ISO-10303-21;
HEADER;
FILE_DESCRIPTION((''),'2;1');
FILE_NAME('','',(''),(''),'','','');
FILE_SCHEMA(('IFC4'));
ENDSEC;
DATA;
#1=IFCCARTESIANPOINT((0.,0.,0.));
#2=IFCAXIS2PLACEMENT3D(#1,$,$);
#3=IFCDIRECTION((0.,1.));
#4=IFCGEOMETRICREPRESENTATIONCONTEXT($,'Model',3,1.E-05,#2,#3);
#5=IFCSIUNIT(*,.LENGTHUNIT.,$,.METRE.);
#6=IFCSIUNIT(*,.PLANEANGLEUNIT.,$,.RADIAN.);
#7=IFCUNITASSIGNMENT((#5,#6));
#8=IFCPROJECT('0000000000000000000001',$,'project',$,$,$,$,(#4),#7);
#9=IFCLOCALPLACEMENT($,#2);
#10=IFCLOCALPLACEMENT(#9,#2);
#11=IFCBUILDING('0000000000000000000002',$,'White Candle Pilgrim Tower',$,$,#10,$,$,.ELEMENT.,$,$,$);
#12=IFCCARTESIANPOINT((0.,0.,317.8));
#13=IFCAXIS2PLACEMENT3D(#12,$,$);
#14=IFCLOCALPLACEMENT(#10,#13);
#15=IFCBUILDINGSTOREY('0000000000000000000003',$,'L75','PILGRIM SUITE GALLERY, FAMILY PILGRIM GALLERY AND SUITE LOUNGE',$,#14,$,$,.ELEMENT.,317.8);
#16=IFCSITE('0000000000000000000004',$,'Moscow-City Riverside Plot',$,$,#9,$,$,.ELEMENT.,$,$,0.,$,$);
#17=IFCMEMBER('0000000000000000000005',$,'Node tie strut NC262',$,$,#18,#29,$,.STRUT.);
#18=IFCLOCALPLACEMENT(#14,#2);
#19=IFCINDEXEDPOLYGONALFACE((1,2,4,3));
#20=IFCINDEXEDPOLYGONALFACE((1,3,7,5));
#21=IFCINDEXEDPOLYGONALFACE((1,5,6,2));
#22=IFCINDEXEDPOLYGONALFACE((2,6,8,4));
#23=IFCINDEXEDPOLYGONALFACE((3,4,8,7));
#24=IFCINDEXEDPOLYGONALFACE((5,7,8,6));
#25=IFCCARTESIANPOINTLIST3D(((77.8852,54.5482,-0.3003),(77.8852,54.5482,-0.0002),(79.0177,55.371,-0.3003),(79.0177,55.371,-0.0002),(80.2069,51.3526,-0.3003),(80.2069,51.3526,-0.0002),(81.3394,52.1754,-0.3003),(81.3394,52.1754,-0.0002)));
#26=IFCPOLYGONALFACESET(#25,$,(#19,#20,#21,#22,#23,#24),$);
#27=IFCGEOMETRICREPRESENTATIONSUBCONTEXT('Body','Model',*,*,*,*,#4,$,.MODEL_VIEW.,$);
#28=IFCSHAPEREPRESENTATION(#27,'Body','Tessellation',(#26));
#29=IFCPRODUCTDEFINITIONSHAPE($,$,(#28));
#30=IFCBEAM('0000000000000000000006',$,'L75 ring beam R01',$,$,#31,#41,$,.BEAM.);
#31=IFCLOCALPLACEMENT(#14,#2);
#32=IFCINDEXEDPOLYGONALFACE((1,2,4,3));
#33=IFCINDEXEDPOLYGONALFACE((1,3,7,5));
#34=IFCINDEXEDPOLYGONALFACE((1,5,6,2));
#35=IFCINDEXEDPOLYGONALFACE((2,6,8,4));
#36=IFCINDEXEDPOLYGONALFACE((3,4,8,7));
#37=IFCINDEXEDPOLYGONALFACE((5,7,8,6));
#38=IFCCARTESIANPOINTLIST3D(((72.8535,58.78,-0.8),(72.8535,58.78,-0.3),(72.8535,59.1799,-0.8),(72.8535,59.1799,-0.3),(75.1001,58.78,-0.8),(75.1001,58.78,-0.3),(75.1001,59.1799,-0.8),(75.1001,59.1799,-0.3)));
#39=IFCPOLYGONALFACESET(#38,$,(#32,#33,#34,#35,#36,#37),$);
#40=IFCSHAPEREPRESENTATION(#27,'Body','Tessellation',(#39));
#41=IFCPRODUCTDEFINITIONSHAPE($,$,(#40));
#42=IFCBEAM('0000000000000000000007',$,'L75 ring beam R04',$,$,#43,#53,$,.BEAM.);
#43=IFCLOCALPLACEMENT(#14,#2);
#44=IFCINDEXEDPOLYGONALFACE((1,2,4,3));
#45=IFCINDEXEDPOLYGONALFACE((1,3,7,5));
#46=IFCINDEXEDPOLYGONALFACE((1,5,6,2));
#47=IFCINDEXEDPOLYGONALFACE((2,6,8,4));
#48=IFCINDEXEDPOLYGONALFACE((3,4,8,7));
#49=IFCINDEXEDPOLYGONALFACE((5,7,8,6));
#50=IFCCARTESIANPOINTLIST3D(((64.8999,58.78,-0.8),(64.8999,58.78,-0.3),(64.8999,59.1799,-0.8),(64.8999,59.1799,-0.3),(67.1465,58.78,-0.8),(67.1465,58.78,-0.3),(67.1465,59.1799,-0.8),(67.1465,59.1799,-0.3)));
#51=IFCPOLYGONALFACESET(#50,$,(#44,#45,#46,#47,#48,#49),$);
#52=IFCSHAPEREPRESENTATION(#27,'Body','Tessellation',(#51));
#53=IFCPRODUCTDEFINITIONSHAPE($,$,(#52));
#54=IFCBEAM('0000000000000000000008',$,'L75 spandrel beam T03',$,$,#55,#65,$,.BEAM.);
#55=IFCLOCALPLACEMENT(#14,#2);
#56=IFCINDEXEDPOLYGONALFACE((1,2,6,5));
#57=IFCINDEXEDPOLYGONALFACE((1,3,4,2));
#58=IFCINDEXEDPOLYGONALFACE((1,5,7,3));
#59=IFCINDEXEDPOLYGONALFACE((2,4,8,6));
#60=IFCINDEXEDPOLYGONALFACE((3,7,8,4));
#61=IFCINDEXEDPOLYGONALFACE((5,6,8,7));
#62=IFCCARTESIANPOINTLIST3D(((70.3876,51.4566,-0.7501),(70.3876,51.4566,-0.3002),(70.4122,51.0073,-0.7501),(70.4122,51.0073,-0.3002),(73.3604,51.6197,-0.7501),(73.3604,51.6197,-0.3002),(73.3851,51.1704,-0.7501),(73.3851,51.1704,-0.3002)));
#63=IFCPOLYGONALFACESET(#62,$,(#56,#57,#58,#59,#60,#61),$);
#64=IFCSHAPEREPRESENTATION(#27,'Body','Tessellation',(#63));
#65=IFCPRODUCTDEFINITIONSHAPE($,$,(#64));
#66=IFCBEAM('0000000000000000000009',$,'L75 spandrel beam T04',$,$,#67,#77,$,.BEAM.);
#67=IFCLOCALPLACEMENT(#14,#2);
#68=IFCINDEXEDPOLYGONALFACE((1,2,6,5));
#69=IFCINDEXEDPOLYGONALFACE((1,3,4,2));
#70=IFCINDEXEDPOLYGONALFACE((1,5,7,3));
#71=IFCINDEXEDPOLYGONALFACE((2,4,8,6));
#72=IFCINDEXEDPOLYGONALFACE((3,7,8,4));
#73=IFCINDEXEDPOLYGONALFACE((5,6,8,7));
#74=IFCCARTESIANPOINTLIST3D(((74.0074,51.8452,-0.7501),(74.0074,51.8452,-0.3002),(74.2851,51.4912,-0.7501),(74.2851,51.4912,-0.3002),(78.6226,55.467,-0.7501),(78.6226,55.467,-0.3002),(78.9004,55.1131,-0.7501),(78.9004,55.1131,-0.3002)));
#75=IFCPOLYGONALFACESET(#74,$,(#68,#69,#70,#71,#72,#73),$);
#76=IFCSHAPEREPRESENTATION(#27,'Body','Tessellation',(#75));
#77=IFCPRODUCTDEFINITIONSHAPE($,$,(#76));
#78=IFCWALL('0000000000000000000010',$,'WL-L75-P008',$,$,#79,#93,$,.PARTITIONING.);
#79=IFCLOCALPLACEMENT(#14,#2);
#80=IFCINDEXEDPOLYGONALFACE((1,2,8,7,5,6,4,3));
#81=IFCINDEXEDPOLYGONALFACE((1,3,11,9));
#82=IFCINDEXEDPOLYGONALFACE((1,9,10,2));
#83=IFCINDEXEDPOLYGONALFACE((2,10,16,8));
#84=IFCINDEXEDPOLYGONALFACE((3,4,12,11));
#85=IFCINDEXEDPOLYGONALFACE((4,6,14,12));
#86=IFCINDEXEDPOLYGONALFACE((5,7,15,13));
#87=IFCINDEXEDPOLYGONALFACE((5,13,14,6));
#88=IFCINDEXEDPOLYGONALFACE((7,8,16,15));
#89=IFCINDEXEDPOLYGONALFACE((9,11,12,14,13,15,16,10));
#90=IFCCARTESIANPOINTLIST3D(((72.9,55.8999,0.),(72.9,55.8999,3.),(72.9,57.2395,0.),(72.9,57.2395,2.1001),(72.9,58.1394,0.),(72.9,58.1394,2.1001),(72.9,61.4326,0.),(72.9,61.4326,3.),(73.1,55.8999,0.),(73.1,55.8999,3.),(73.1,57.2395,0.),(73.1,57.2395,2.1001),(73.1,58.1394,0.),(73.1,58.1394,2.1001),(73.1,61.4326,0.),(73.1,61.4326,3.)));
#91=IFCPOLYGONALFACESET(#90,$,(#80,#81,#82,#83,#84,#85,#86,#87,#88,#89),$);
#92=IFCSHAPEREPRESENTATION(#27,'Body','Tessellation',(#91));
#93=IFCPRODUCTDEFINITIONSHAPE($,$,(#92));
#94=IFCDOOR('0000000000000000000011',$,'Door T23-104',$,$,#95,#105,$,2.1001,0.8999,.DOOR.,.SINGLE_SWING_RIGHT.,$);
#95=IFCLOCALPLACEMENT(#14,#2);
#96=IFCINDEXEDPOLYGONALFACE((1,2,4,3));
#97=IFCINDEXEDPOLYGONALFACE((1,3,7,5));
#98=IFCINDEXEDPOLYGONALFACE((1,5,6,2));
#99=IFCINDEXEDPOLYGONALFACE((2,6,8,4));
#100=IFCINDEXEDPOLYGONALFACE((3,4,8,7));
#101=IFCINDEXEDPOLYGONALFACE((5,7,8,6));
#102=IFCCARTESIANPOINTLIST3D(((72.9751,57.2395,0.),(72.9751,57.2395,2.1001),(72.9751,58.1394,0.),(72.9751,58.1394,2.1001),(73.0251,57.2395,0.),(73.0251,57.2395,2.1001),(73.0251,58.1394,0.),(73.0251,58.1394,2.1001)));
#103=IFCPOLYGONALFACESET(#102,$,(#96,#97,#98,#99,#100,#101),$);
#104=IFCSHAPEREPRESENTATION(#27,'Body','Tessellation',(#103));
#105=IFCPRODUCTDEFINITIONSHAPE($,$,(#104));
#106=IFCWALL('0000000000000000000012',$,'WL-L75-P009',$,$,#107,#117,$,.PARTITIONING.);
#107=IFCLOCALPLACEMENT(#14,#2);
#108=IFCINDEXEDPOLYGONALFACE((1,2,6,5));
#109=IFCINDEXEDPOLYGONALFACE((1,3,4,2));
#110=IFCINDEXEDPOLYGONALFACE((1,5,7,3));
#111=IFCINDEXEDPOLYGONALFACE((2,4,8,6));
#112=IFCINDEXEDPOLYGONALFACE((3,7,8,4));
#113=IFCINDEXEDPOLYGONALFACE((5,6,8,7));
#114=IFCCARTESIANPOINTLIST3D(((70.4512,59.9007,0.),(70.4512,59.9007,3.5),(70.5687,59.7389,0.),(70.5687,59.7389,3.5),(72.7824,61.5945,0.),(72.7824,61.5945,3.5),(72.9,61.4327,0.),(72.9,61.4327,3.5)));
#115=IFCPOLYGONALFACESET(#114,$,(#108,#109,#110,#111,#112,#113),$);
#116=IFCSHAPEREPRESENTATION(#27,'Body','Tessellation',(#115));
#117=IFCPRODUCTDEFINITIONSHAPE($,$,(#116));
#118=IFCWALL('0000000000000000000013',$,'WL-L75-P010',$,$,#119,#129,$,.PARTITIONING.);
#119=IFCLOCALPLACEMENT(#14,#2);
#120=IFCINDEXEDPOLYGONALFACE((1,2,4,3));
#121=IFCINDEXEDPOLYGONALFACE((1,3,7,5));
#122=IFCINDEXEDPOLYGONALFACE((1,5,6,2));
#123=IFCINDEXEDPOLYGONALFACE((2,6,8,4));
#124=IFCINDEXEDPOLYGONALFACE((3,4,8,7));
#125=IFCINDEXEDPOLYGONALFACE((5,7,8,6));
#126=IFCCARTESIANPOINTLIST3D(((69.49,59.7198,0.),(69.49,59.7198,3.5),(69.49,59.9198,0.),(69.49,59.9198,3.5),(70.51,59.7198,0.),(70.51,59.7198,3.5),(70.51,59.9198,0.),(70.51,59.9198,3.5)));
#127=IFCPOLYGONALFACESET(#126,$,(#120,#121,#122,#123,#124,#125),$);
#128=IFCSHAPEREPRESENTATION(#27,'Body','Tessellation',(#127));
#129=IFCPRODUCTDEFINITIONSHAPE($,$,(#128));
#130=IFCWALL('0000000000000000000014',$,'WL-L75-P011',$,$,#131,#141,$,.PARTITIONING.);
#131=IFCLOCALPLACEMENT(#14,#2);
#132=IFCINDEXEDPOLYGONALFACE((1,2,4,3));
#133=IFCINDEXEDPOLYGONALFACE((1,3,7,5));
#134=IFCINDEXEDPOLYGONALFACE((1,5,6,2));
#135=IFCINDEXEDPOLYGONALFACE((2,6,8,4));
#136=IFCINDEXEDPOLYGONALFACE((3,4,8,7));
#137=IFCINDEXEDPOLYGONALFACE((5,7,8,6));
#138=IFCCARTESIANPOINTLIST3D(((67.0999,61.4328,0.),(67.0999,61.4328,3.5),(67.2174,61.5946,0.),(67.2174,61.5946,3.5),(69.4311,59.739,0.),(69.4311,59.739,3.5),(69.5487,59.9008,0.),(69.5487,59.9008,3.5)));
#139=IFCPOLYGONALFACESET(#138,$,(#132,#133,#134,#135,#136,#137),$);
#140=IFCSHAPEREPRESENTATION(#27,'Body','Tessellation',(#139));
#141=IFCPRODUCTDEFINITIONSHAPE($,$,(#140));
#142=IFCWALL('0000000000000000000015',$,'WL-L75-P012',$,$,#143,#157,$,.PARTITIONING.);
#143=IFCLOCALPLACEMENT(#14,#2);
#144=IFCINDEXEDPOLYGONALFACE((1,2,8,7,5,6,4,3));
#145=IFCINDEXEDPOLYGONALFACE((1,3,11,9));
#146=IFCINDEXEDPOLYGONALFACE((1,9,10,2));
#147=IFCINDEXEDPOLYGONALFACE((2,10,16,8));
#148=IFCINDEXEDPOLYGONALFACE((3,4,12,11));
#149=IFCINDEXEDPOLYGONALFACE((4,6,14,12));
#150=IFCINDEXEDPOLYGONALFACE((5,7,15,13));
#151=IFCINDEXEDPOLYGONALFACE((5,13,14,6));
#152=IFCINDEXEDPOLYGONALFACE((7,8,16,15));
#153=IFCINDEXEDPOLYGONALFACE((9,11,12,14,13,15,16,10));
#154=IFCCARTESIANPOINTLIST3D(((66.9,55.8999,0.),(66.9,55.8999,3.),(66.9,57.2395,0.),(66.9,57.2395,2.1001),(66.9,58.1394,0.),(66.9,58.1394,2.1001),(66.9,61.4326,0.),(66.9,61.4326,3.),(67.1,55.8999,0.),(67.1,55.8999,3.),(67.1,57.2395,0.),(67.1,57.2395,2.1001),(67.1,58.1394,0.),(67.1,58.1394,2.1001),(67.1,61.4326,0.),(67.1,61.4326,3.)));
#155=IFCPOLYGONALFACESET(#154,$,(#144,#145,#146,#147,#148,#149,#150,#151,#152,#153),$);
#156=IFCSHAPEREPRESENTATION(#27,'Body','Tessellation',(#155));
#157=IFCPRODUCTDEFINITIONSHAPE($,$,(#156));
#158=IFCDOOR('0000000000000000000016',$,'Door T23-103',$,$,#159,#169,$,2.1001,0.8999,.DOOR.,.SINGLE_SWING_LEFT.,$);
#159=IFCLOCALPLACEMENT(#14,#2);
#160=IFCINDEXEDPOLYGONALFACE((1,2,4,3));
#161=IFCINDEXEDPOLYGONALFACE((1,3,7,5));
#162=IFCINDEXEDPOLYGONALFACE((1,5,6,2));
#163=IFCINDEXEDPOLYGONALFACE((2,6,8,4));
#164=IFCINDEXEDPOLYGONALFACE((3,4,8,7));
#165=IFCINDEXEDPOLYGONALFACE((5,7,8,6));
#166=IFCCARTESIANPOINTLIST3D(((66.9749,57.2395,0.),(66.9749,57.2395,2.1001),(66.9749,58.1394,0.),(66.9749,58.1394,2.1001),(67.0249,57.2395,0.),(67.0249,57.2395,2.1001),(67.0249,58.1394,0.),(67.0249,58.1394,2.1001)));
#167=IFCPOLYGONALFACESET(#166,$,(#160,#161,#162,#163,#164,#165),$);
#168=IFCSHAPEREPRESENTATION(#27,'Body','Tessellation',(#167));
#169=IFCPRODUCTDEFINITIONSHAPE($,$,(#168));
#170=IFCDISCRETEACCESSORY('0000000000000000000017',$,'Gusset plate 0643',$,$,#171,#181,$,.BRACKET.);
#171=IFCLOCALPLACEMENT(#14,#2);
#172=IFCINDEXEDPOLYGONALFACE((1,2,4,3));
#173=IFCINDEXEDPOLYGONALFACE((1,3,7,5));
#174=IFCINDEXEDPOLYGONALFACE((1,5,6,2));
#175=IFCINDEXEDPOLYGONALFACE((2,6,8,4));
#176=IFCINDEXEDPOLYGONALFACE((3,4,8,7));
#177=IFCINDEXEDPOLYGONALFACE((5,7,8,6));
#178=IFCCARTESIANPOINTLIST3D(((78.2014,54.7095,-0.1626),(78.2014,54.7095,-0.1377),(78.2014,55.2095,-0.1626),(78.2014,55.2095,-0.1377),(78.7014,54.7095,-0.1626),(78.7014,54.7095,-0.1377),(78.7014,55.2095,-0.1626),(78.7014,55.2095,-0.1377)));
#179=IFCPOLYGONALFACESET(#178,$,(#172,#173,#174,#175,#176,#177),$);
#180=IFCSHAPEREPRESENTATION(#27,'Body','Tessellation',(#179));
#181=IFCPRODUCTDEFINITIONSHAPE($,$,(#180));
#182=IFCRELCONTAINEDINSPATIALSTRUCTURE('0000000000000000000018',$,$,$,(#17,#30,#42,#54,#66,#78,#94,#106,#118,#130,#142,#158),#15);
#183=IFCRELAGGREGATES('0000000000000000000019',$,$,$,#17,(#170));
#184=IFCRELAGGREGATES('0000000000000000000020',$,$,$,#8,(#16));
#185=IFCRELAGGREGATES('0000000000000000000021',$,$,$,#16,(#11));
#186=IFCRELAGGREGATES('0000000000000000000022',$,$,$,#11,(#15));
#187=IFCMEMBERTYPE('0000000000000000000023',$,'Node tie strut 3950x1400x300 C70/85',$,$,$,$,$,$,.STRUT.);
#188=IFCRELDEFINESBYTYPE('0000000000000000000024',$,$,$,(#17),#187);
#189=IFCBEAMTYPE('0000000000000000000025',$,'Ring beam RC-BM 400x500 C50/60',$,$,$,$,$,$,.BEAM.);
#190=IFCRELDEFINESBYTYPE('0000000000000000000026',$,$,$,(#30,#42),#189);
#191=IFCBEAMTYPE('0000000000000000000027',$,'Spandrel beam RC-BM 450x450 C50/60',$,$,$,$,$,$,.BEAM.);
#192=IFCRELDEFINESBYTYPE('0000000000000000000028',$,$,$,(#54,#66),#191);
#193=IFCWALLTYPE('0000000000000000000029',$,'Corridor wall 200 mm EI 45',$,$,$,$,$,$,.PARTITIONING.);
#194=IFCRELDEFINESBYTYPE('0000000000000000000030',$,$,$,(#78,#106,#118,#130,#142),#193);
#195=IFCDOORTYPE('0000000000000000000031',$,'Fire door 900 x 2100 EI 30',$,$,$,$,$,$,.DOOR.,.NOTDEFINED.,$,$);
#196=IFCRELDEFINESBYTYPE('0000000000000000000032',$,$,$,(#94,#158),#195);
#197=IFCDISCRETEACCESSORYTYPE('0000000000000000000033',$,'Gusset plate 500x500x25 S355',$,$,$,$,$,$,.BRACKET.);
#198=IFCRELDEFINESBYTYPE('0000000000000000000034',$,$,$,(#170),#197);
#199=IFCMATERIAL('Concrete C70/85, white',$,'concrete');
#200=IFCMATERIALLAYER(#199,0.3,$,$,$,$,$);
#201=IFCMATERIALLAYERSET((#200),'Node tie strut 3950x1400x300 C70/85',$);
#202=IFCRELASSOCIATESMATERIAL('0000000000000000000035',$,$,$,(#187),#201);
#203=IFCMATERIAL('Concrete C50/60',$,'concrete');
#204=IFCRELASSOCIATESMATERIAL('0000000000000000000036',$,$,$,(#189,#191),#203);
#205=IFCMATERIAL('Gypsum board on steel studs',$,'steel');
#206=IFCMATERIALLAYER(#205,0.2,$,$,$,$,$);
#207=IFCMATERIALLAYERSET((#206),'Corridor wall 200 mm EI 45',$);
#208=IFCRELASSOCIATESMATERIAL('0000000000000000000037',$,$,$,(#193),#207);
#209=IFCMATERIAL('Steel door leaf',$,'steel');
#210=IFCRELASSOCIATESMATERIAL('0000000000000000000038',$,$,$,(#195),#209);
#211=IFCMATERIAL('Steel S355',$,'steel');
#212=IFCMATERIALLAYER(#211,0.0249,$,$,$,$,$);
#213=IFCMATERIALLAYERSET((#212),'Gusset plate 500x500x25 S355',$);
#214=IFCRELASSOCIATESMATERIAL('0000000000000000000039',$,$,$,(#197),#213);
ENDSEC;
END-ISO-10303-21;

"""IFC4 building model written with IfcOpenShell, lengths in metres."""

from ifc_helpers import new_model, si_unit, direction, frame, frame_2d, origin, origin_2d, place, context, subcontext, project, spatial, rectangle, extrude, material, layer, layer_set, material_profile, profile_set, type_object, element, fill, aggregate, save


model = new_model("IFC4")

# Units and contexts
model_context = context("Model", 3, precision=1e-05, world=origin(), true_north=direction((0.0, 1.0)))
body_context = subcontext(model_context, "Body", "Model", "MODEL_VIEW")
ifc_project = project(units=[si_unit("LENGTHUNIT", "METRE"), si_unit("PLANEANGLEUNIT", "RADIAN")], contexts=[model_context])

# Site, building, storey
site_placement = place(None, origin())
site = spatial("IfcSite", under=ifc_project, at=site_placement, Name="Moscow-City Riverside Plot", CompositionType="ELEMENT", RefElevation=0.0)
building_placement = place(site_placement, origin())
building = spatial("IfcBuilding", under=site, at=building_placement, Name="White Candle Pilgrim Tower", CompositionType="ELEMENT")
storey_placement = place(building_placement, frame((0.0, 0.0, 317.8)))
storey = spatial("IfcBuildingStorey", under=building, at=storey_placement, Name="L75", Description="PILGRIM SUITE GALLERY, FAMILY PILGRIM GALLERY AND SUITE LOUNGE", CompositionType="ELEMENT", Elevation=317.8)

# Member
ifc_material_1 = material(Name="Concrete C70/85, white", Category="concrete")
ifc_layer_1 = layer(ifc_material_1, 0.3)
ifc_layer_set_1 = layer_set([ifc_layer_1], Name="Node tie strut 3950x1400x300 C70/85")
member_type = type_object("IfcMemberType", Name="Node tie strut 3950x1400x300 C70/85", PredefinedType="STRUT", material=ifc_layer_set_1)
member_placement = place(storey_placement, frame((79.6123, 53.3618, -0.3003), z_axis=(0.0, 0.0, 1.0), x_axis=(0.809017, 0.587785, 0.0)))
member = element("IfcMember", 1, at=member_placement, inside=storey, type_object=member_type, Name="Node tie strut NC262", PredefinedType="STRUT", context=body_context, shape_type="SweptSolid", body=[
    extrude(rectangle(XDim=1.3999, YDim=3.95, at=origin_2d()), origin(), (0.0, 0.0, 1.0), 0.3),
])

# Beams
ifc_material_2 = material(Name="Concrete C50/60", Category="concrete")
ifc_material_profile_1 = material_profile(ifc_material_2, rectangle(XDim=0.3999, YDim=0.5, at=origin_2d()), Name="RC-BM 400x500")
ifc_profile_set_1 = profile_set([ifc_material_profile_1], Name="Concrete C50/60")
beam_type_1 = type_object("IfcBeamType", Name="Ring beam RC-BM 400x500 C50/60", PredefinedType="BEAM", material=ifc_profile_set_1)
for number, where, z_axis, x_axis, name in (
    (2, (72.8535, 58.98, -0.55), (1.0, 0.0, 0.0), (0.0, 1.0, 0.0), "L75 ring beam R01"),
    (3, (67.1465, 58.98, -0.55), (-1.0, 0.0, 0.0), (0.0, -1.0, 0.0), "L75 ring beam R04"),
):
    element("IfcBeam", number, at=place(storey_placement, frame(where, z_axis=z_axis, x_axis=x_axis)), inside=storey, type_object=beam_type_1, Name=name, PredefinedType="BEAM", context=body_context, shape_type="SweptSolid", body=[
        extrude(rectangle(XDim=0.3999, YDim=0.5, at=origin_2d()), origin(), (0.0, 0.0, 1.0), 2.2466),
    ])
ifc_material_profile_2 = material_profile(ifc_material_2, rectangle(XDim=0.45, YDim=0.45, at=origin_2d()), Name="RC-BM 450x450")
ifc_profile_set_2 = profile_set([ifc_material_profile_2], Name="Concrete C50/60")
beam_type_2 = type_object("IfcBeamType", Name="Spandrel beam RC-BM 450x450 C50/60", PredefinedType="BEAM", material=ifc_profile_set_2)
beam_1_placement = place(storey_placement, frame((70.3999, 51.2319, -0.5251), z_axis=(0.998499, 0.054775, 0.0), x_axis=(-0.054775, 0.998499, 0.0)))
element("IfcBeam", 4, at=beam_1_placement, inside=storey, type_object=beam_type_2, Name="L75 spandrel beam T03", PredefinedType="BEAM", context=body_context, shape_type="SweptSolid", body=[
    extrude(rectangle(XDim=0.45, YDim=0.45, at=origin_2d()), origin(), (0.0, 0.0, 1.0), 2.9773),
])
beam_2_placement = place(storey_placement, frame((74.1462, 51.6682, -0.5251), z_axis=(0.786685, 0.617355, 0.0), x_axis=(-0.617355, 0.786685, 0.0)))
element("IfcBeam", 5, at=beam_2_placement, inside=storey, type_object=beam_type_2, Name="L75 spandrel beam T04", PredefinedType="BEAM", context=body_context, shape_type="SweptSolid", body=[
    extrude(rectangle(XDim=0.45, YDim=0.45, at=origin_2d()), origin(), (0.0, 0.0, 1.0), 5.8667),
])

# Wall, opening, door
ifc_material_3 = material(Name="Gypsum board on steel studs", Category="steel")
ifc_layer_2 = layer(ifc_material_3, 0.2)
ifc_layer_set_2 = layer_set([ifc_layer_2], Name="Corridor wall 200 mm EI 45")
wall_type_1 = type_object("IfcWallType", Name="Corridor wall 200 mm EI 45", PredefinedType="PARTITIONING", material=ifc_layer_set_2)
wall_1_placement = place(storey_placement, frame((73.0, 55.8999, 0.0), z_axis=(0.0, 0.0, 1.0), x_axis=(0.0, 1.0, 0.0)))
wall_1 = element("IfcWall", 6, at=wall_1_placement, inside=storey, type_object=wall_type_1, Name="WL-L75-P008", PredefinedType="PARTITIONING", context=body_context, shape_type="SweptSolid", body=[
    extrude(rectangle(XDim=5.5327, YDim=0.2, at=frame_2d((2.7664, 0.0))), origin(), (0.0, 0.0, 1.0), 3.0),
])
opening_1_placement = place(wall_1_placement, frame((1.3396, 0.0, 0.0)))
opening_1 = element("IfcOpeningElement", 7, at=opening_1_placement, cuts=wall_1, PredefinedType="OPENING", context=body_context, shape_type="SweptSolid", body=[
    extrude(rectangle(XDim=0.8999, YDim=2.1001, at=frame_2d((0.45, 1.05))), frame((0.0, 0.1099, 0.0), z_axis=(0.0, -1.0, 0.0), x_axis=(1.0, 0.0, 0.0)), (0.0, 0.0, 1.0), 0.22),
])
ifc_material_4 = material(Name="Steel door leaf", Category="steel")
door_type_1 = type_object("IfcDoorType", Name="Fire door 900 x 2100 EI 30", OperationType="NOTDEFINED", PredefinedType="DOOR", material=ifc_material_4)
door_1_placement = place(opening_1_placement, origin())
door_1 = element("IfcDoor", 8, at=door_1_placement, inside=storey, type_object=door_type_1, Name="Door T23-104", OperationType="SINGLE_SWING_RIGHT", OverallHeight=2.1001, OverallWidth=0.8999, PredefinedType="DOOR", context=body_context, shape_type="SweptSolid", body=[
    extrude(rectangle(XDim=0.8999, YDim=2.1001, at=frame_2d((0.45, 1.05))), frame((0.0, 0.0249, 0.0), z_axis=(0.0, -1.0, 0.0), x_axis=(1.0, 0.0, 0.0)), (0.0, 0.0, 1.0), 0.05),
])
fill(opening_1, door_1)

# Walls
wall_2_placement = place(storey_placement, frame((72.8413, 61.5137, 0.0), z_axis=(0.0, 0.0, 1.0), x_axis=(-0.809007, -0.587799, 0.0)))
element("IfcWall", 9, at=wall_2_placement, inside=storey, type_object=wall_type_1, Name="WL-L75-P009", PredefinedType="PARTITIONING", context=body_context, shape_type="SweptSolid", body=[
    extrude(rectangle(XDim=2.8816, YDim=0.2, at=frame_2d((1.4409, 0.0))), origin(), (0.0, 0.0, 1.0), 3.5),
])
wall_3_placement = place(storey_placement, frame((70.51, 59.8198, 0.0), z_axis=(0.0, 0.0, 1.0), x_axis=(-1.0, 0.0, 0.0)))
element("IfcWall", 10, at=wall_3_placement, inside=storey, type_object=wall_type_1, Name="WL-L75-P010", PredefinedType="PARTITIONING", context=body_context, shape_type="SweptSolid", body=[
    extrude(rectangle(XDim=1.02, YDim=0.2, at=frame_2d((0.51, 0.0))), origin(), (0.0, 0.0, 1.0), 3.5),
])
wall_4_placement = place(storey_placement, frame((69.49, 59.8198, 0.0), z_axis=(0.0, 0.0, 1.0), x_axis=(-0.809007, 0.587799, 0.0)))
element("IfcWall", 11, at=wall_4_placement, inside=storey, type_object=wall_type_1, Name="WL-L75-P011", PredefinedType="PARTITIONING", context=body_context, shape_type="SweptSolid", body=[
    extrude(rectangle(XDim=2.8816, YDim=0.2, at=frame_2d((1.4409, 0.0))), origin(), (0.0, 0.0, 1.0), 3.5),
])

# Wall, opening, door
wall_5_placement = place(storey_placement, frame((67.0, 61.4326, 0.0), z_axis=(0.0, 0.0, 1.0), x_axis=(0.0, -1.0, 0.0)))
wall_5 = element("IfcWall", 12, at=wall_5_placement, inside=storey, type_object=wall_type_1, Name="WL-L75-P012", PredefinedType="PARTITIONING", context=body_context, shape_type="SweptSolid", body=[
    extrude(rectangle(XDim=5.5327, YDim=0.2, at=frame_2d((2.7664, 0.0))), origin(), (0.0, 0.0, 1.0), 3.0),
])
opening_2_placement = place(wall_5_placement, frame((3.2932, 0.0, 0.0)))
opening_2 = element("IfcOpeningElement", 13, at=opening_2_placement, cuts=wall_5, PredefinedType="OPENING", context=body_context, shape_type="SweptSolid", body=[
    extrude(rectangle(XDim=0.8999, YDim=2.1001, at=frame_2d((0.45, 1.05))), frame((0.0, 0.1099, 0.0), z_axis=(0.0, -1.0, 0.0), x_axis=(1.0, 0.0, 0.0)), (0.0, 0.0, 1.0), 0.22),
])
door_2_placement = place(opening_2_placement, origin())
door_2 = element("IfcDoor", 14, at=door_2_placement, inside=storey, type_object=door_type_1, Name="Door T23-103", OperationType="SINGLE_SWING_LEFT", OverallHeight=2.1001, OverallWidth=0.8999, PredefinedType="DOOR", context=body_context, shape_type="SweptSolid", body=[
    extrude(rectangle(XDim=0.8999, YDim=2.1001, at=frame_2d((0.45, 1.05))), frame((0.0, 0.0249, 0.0), z_axis=(0.0, -1.0, 0.0), x_axis=(1.0, 0.0, 0.0)), (0.0, 0.0, 1.0), 0.05),
])
fill(opening_2, door_2)

# Discrete accessory
ifc_material_5 = material(Name="Steel S355", Category="steel")
ifc_layer_3 = layer(ifc_material_5, 0.0249)
ifc_layer_set_3 = layer_set([ifc_layer_3], Name="Gusset plate 500x500x25 S355")
discrete_accessory_type = type_object("IfcDiscreteAccessoryType", Name="Gusset plate 500x500x25 S355", PredefinedType="BRACKET", material=ifc_layer_set_3)
discrete_accessory_placement = place(storey_placement, frame((78.4514, 54.9595, -0.1626), z_axis=(0.0, 0.0, 1.0), x_axis=(1.0, 0.0, 0.0)))
discrete_accessory = element("IfcDiscreteAccessory", 15, at=discrete_accessory_placement, type_object=discrete_accessory_type, Name="Gusset plate 0643", PredefinedType="BRACKET", context=body_context, shape_type="SweptSolid", body=[
    extrude(rectangle(XDim=0.5, YDim=0.5, at=origin_2d()), origin(), (0.0, 0.0, 1.0), 0.0249),
])
aggregate(member, [discrete_accessory])

save(model, "model.ifc")
